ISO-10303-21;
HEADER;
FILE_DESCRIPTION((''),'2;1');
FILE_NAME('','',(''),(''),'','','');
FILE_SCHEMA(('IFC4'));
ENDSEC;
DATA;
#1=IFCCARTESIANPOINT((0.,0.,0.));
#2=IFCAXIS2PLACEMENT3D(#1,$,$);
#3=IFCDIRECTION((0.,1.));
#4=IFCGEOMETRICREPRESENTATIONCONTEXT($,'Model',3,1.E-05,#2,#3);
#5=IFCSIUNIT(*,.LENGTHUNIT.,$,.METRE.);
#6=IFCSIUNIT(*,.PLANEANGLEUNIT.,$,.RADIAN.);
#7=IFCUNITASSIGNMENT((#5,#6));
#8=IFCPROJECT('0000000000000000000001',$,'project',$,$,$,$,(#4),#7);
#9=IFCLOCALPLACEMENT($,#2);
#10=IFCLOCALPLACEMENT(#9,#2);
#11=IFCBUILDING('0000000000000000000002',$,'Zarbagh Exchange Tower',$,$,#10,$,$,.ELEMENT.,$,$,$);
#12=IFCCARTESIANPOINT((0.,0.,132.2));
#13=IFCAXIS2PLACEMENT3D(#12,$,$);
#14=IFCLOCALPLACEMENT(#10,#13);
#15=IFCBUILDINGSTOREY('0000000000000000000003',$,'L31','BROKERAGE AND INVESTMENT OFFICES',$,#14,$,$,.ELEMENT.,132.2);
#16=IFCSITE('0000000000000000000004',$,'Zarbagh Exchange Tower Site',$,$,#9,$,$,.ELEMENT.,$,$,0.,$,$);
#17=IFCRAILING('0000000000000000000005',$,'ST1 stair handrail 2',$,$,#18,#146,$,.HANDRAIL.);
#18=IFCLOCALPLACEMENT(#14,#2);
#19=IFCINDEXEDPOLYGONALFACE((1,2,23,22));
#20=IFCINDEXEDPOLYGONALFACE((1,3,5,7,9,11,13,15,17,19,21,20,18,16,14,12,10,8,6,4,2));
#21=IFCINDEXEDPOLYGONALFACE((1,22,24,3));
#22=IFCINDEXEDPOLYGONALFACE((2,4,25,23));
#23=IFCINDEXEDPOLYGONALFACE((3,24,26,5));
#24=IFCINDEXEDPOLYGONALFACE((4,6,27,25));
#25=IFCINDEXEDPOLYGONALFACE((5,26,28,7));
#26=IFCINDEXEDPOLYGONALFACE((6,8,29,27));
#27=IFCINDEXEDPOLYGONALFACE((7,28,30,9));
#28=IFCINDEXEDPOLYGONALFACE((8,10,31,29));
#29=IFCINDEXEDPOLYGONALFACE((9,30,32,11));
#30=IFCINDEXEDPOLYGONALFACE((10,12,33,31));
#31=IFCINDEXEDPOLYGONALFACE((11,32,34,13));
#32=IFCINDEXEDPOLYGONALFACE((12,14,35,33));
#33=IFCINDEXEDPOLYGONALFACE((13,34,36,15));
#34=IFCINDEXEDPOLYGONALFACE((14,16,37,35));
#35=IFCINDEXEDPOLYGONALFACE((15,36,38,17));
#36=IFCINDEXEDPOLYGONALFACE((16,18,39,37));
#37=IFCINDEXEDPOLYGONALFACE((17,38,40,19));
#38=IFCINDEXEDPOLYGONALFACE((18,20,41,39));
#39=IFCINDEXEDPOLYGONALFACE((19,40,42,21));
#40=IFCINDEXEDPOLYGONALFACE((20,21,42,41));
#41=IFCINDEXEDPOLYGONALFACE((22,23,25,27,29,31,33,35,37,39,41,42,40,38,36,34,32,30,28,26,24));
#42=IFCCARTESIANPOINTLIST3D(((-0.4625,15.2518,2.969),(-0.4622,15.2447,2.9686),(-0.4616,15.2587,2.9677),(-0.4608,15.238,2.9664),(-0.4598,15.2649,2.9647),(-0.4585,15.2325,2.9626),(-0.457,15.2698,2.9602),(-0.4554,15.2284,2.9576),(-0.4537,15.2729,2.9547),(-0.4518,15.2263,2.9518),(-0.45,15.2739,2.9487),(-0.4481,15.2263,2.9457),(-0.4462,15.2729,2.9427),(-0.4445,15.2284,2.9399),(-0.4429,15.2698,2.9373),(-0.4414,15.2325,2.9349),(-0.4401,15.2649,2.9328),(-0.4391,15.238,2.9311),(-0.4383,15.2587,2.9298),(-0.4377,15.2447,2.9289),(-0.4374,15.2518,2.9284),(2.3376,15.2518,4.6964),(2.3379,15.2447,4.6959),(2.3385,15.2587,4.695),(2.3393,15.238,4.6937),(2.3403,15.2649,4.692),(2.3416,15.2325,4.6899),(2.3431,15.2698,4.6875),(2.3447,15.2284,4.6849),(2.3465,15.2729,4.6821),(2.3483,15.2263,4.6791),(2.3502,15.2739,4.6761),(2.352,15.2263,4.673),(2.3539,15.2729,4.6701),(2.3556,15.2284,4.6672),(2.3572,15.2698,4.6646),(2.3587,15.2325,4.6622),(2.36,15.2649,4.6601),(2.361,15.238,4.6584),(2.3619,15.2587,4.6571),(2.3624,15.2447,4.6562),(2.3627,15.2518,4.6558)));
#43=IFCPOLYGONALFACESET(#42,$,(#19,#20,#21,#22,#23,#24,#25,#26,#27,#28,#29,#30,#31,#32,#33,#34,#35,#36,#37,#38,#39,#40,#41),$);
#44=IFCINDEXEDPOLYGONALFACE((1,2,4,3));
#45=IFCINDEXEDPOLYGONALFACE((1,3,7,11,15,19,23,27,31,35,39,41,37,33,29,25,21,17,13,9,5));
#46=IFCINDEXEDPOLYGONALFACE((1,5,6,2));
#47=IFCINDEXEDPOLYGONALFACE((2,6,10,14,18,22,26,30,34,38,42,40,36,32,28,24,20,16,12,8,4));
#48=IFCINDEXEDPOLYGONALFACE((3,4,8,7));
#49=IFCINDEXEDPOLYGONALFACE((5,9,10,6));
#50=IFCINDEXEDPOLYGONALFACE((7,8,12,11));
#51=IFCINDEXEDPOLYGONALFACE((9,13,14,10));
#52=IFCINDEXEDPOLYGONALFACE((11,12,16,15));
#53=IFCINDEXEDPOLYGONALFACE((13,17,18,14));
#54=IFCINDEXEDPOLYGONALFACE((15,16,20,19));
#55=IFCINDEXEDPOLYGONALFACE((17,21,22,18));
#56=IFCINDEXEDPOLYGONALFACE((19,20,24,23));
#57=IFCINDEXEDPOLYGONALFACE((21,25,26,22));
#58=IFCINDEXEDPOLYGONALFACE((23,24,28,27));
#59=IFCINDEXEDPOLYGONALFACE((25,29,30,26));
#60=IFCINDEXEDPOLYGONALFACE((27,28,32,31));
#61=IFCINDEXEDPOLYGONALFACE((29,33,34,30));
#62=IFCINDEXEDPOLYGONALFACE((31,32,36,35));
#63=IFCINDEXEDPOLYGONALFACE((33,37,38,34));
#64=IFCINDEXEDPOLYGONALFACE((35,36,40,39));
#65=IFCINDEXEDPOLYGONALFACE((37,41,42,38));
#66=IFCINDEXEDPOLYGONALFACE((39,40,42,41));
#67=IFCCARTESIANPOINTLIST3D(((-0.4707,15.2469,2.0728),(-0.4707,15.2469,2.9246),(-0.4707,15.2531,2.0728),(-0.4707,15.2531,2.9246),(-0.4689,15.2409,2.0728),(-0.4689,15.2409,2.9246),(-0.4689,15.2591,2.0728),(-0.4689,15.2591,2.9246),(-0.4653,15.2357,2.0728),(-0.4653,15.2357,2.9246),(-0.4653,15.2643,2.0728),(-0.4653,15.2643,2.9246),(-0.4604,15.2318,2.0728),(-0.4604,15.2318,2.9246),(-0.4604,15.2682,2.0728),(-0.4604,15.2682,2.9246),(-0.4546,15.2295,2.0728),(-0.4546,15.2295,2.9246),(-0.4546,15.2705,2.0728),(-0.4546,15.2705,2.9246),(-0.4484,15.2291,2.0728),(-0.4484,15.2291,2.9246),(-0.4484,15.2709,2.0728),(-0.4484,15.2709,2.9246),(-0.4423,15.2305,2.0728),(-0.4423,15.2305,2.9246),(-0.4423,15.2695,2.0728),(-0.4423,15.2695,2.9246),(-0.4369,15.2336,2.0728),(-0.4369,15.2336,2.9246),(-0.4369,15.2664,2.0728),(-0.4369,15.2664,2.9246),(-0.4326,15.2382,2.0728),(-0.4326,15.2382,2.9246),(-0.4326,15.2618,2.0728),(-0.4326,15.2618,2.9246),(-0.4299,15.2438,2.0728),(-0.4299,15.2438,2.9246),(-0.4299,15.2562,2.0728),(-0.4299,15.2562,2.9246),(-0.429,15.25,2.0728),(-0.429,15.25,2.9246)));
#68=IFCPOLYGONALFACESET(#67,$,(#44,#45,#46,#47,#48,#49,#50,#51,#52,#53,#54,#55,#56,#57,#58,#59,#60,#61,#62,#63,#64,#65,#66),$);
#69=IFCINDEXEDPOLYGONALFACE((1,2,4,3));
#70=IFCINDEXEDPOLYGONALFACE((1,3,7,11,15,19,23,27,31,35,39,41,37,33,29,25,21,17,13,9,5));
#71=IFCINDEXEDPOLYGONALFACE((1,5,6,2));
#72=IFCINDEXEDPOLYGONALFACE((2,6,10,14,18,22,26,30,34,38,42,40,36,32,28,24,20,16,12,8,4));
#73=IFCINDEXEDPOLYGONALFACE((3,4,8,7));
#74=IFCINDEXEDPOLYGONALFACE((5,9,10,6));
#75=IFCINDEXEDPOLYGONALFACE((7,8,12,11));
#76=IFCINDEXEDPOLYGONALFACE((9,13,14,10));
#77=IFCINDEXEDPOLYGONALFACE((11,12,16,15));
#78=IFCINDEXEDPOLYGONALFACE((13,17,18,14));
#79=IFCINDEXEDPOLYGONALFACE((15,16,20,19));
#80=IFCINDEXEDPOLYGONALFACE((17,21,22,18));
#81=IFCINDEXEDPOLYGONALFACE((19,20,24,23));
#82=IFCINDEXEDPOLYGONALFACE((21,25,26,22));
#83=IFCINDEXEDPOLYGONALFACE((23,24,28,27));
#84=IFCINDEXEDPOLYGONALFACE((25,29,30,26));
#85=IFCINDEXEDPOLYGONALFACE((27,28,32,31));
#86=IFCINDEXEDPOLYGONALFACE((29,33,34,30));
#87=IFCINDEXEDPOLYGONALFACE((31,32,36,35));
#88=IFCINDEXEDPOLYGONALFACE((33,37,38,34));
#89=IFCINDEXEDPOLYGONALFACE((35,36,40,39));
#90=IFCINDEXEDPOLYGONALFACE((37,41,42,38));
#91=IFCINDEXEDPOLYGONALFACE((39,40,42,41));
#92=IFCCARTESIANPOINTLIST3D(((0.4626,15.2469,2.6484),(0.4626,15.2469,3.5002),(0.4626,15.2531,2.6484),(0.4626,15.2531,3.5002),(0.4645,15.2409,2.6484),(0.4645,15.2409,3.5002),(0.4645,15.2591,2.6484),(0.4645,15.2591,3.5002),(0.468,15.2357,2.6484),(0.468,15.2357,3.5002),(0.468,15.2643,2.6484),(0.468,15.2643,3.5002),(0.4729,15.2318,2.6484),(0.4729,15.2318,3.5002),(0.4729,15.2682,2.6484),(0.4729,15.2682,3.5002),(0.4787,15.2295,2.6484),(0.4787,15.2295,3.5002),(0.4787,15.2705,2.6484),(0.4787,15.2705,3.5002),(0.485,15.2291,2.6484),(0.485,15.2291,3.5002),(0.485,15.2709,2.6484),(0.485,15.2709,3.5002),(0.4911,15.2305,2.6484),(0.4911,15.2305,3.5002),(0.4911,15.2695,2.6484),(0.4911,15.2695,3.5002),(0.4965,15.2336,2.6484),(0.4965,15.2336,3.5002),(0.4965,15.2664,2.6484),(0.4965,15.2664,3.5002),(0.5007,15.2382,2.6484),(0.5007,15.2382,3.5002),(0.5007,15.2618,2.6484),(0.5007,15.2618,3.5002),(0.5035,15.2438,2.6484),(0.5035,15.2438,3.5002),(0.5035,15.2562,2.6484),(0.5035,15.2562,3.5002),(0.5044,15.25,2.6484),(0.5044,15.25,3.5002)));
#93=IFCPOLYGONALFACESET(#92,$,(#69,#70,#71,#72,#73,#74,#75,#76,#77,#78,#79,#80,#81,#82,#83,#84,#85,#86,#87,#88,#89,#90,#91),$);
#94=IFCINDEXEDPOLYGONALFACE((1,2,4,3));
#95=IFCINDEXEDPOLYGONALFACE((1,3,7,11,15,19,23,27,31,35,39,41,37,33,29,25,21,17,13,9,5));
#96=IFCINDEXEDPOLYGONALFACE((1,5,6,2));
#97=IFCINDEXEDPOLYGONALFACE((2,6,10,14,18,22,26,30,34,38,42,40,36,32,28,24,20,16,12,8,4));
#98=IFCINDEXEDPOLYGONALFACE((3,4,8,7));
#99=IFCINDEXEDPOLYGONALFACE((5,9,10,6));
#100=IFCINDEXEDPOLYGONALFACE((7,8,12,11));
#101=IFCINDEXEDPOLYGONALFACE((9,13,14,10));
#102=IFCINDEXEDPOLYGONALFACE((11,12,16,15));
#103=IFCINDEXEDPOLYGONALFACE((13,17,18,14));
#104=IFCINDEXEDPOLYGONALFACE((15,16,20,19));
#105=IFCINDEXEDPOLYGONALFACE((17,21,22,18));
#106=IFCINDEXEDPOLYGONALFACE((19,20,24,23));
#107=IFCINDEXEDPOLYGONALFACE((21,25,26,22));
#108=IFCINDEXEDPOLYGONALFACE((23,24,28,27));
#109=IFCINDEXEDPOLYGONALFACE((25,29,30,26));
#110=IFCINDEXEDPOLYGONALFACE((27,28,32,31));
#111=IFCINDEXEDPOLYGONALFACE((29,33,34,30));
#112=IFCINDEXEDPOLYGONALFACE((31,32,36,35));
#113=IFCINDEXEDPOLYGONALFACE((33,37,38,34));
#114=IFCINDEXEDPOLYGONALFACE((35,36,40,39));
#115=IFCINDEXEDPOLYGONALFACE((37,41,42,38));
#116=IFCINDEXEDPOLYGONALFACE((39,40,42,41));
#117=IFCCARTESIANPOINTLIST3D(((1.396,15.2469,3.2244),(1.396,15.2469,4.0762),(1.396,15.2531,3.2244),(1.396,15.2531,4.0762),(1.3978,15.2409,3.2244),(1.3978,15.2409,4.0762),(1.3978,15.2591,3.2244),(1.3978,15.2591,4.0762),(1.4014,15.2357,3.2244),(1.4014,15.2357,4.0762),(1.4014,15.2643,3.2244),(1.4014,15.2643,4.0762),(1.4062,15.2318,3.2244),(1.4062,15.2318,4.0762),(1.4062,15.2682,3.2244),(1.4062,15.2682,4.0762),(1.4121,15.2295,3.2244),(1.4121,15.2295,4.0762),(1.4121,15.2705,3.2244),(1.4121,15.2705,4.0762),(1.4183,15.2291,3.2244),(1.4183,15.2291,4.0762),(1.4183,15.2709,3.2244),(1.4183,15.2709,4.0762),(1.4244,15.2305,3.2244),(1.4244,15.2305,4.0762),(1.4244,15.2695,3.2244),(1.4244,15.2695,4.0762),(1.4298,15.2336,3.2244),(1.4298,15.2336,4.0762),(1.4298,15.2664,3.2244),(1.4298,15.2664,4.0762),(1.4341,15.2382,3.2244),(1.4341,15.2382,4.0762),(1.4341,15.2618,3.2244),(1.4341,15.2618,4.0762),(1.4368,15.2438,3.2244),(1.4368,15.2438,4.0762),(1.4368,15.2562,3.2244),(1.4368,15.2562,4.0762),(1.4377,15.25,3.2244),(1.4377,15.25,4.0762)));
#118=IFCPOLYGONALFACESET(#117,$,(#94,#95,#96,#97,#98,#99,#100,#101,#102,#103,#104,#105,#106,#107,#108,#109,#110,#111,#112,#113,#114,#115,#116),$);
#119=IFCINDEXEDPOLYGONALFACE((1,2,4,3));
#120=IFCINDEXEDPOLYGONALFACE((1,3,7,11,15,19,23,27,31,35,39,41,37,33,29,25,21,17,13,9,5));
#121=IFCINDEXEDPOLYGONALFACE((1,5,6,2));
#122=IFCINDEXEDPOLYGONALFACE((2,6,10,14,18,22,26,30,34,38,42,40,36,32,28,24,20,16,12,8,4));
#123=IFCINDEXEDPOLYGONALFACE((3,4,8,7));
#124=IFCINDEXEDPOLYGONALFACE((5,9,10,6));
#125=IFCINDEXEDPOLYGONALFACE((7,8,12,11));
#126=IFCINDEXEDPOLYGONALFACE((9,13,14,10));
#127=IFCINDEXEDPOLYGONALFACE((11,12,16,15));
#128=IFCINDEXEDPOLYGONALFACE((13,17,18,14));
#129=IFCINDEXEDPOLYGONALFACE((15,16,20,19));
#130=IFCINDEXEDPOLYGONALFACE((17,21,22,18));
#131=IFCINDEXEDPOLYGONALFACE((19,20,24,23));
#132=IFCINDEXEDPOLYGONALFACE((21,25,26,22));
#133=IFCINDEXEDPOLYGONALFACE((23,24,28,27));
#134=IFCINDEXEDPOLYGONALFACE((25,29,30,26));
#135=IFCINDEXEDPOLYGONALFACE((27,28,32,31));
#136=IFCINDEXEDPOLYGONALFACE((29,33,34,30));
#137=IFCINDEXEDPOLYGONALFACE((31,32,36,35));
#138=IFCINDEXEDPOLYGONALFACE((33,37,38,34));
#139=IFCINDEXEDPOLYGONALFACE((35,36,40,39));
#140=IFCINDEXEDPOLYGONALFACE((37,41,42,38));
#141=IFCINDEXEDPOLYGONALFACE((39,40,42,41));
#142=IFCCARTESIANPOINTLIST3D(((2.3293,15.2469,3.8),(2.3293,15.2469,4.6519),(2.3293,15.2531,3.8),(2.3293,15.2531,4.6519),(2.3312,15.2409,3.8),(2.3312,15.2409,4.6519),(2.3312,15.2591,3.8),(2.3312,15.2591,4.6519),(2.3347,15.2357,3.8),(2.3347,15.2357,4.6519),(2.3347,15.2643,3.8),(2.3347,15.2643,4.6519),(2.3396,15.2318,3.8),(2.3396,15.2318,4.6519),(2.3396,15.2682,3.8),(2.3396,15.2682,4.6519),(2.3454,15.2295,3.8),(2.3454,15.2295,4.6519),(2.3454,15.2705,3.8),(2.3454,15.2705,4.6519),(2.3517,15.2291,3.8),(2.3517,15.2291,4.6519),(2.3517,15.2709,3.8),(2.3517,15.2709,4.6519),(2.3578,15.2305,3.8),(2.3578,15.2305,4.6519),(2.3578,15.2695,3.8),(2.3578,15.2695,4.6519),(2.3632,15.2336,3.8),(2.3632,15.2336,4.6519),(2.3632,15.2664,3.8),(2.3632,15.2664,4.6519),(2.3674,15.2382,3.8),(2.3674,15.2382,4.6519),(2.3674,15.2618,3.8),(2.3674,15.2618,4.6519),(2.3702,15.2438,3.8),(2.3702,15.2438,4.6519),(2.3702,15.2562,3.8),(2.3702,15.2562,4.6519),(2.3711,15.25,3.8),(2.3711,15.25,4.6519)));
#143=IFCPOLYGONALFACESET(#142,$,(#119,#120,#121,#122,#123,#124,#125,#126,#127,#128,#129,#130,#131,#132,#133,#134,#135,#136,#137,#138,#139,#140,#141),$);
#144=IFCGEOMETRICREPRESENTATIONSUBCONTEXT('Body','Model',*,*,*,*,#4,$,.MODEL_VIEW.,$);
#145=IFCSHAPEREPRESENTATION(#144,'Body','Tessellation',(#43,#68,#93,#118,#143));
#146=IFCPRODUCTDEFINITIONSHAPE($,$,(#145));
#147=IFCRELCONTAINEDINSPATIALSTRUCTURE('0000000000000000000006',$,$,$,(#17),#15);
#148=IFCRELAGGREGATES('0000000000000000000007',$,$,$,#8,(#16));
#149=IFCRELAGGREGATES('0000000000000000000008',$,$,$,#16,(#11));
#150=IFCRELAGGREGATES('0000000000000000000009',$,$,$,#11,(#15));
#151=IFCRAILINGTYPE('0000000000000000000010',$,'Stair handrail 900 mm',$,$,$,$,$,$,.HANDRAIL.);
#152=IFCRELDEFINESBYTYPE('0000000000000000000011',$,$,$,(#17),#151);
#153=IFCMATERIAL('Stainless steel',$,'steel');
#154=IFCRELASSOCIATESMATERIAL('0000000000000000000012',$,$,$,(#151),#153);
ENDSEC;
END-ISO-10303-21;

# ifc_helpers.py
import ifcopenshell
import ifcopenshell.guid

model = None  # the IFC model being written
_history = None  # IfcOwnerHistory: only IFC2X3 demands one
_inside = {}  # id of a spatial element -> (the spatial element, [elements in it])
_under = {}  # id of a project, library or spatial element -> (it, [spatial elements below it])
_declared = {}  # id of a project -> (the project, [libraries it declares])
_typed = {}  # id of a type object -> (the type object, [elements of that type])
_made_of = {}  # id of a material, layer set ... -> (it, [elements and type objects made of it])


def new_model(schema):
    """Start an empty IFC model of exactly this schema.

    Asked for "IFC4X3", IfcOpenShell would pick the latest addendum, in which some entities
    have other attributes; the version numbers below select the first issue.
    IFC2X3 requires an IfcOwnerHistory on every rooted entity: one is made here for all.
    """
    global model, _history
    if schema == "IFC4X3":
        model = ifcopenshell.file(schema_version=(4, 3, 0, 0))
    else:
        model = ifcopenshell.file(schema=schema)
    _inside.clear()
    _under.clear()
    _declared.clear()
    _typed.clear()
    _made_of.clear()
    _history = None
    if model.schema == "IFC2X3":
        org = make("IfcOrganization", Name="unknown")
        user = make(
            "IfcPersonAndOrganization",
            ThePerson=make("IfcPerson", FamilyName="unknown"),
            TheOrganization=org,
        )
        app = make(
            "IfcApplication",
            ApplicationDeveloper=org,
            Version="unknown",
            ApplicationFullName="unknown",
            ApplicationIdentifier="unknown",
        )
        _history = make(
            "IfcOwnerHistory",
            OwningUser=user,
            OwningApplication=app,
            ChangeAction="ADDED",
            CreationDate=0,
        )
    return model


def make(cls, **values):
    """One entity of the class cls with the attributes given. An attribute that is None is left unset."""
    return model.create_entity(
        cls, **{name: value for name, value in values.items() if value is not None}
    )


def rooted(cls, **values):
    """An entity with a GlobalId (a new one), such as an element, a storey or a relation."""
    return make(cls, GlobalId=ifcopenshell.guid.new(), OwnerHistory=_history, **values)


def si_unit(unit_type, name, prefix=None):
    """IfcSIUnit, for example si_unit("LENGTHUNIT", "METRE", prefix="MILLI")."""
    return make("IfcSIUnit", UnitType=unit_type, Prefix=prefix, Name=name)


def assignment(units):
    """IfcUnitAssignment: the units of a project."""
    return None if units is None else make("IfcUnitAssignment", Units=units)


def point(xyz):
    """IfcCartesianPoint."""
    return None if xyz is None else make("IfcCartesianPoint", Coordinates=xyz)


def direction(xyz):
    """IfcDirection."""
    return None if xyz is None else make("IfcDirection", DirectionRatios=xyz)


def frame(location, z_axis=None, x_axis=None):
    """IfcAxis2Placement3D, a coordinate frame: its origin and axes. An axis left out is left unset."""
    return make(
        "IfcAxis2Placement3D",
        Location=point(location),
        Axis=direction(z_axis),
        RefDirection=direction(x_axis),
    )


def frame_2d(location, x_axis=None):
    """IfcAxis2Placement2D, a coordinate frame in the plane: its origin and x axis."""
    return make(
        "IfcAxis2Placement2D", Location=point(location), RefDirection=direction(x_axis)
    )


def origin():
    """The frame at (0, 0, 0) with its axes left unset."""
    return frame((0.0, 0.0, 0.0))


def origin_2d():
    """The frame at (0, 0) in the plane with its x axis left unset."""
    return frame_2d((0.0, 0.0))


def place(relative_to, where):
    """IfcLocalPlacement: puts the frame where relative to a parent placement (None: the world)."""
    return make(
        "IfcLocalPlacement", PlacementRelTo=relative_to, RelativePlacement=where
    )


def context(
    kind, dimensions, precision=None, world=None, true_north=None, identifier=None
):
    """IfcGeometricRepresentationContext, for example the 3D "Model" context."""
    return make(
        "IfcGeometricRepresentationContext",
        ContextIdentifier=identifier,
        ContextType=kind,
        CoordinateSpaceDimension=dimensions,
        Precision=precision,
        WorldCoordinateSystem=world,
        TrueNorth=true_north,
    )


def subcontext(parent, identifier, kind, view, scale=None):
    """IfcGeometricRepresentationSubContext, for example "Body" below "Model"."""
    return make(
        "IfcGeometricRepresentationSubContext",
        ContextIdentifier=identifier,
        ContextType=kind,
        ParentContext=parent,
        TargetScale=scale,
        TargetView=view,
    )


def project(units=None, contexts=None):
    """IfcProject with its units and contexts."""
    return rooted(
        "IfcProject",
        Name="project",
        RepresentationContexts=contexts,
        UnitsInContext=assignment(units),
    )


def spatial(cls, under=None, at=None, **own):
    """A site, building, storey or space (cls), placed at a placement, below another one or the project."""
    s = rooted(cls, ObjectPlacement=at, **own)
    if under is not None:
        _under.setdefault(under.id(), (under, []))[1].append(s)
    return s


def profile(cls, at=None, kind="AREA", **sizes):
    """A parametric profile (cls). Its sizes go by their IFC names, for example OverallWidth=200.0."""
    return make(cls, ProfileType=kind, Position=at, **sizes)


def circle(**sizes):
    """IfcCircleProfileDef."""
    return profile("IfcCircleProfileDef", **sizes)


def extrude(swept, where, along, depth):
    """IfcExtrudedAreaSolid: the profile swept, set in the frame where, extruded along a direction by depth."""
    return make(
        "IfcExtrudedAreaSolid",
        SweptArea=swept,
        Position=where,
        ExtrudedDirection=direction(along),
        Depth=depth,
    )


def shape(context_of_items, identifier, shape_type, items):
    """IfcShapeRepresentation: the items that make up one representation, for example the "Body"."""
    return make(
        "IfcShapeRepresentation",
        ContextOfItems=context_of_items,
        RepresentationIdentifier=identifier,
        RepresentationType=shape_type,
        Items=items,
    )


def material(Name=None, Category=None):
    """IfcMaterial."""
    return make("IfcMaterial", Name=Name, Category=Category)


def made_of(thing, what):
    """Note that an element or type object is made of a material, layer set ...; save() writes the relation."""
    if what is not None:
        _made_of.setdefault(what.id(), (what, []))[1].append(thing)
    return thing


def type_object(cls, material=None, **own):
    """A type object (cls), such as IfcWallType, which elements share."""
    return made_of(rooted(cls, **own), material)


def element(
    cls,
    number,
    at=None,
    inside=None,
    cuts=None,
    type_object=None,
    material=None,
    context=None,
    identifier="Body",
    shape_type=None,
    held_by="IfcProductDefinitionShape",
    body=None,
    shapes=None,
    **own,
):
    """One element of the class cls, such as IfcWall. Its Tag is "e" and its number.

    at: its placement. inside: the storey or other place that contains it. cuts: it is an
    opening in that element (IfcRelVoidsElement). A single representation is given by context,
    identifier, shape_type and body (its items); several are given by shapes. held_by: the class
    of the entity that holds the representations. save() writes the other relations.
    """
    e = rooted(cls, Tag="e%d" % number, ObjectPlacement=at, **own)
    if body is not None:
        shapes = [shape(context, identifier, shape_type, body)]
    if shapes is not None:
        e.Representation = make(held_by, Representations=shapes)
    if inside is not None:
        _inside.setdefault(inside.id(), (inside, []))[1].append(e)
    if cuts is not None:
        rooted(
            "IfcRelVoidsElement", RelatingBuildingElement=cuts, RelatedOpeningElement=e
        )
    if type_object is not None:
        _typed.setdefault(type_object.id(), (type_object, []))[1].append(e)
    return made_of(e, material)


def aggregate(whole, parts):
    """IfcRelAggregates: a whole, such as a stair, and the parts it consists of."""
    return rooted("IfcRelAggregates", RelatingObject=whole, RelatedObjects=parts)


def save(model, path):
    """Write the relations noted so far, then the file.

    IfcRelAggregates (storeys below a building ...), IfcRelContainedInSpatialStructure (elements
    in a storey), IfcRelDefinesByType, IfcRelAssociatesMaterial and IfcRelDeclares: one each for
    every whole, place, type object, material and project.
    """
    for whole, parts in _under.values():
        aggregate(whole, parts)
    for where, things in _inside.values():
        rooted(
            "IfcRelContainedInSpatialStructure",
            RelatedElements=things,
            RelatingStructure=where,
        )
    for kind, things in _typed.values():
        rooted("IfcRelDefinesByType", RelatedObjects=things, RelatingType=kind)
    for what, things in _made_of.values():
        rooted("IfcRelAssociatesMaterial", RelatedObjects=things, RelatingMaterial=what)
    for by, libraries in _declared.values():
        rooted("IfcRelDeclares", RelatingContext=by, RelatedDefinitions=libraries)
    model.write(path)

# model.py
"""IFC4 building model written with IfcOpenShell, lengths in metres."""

from ifc_helpers import new_model, si_unit, direction, frame, origin, origin_2d, place, context, subcontext, project, spatial, circle, extrude, material, type_object, element, save


model = new_model("IFC4")

# Units and contexts
model_context = context("Model", 3, precision=1e-05, world=origin(), true_north=direction((0.0, 1.0)))
body_context = subcontext(model_context, "Body", "Model", "MODEL_VIEW")
ifc_project = project(units=[si_unit("LENGTHUNIT", "METRE"), si_unit("PLANEANGLEUNIT", "RADIAN")], contexts=[model_context])

# Site, building, storey
site_placement = place(None, origin())
site = spatial("IfcSite", under=ifc_project, at=site_placement, Name="Zarbagh Exchange Tower Site", CompositionType="ELEMENT", RefElevation=0.0)
building_placement = place(site_placement, origin())
building = spatial("IfcBuilding", under=site, at=building_placement, Name="Zarbagh Exchange Tower", CompositionType="ELEMENT")
storey_placement = place(building_placement, frame((0.0, 0.0, 132.2)))
storey = spatial("IfcBuildingStorey", under=building, at=storey_placement, Name="L31", Description="BROKERAGE AND INVESTMENT OFFICES", CompositionType="ELEMENT", Elevation=132.2)

# Shared definitions
ifc_material_1 = material(Name="Stainless steel", Category="steel")

# Railing
railing_type_1 = type_object("IfcRailingType", Name="Stair handrail 900 mm", PredefinedType="HANDRAIL", material=ifc_material_1)
for number, where, name in (
    (1, (-0.45, 15.25, 2.0728), "ST1 stair handrail 2"),
):
    element("IfcRailing", number, at=place(storey_placement, frame(where)), inside=storey, type_object=railing_type_1, Name=name, PredefinedType="HANDRAIL", context=body_context, shape_type="SweptSolid", body=[
        extrude(circle(Radius=0.0239, at=origin_2d()), frame((0.0, 0.0, 0.876), z_axis=(0.85109, 0.0, 0.52502), x_axis=(0.0, 1.0, 0.0)), (0.0, 0.0, 1.0), 3.29),
        extrude(circle(Radius=0.021, at=origin_2d()), origin(), (0.0, 0.0, 1.0), 0.8518),
        extrude(circle(Radius=0.021, at=origin_2d()), frame((0.9333, 0.0, 0.5757)), (0.0, 0.0, 1.0), 0.8518),
        extrude(circle(Radius=0.021, at=origin_2d()), frame((1.8667, 0.0, 1.1516)), (0.0, 0.0, 1.0), 0.8518),
        extrude(circle(Radius=0.021, at=origin_2d()), frame((2.8, 0.0, 1.7273)), (0.0, 0.0, 1.0), 0.8518),
    ])

save(model, "model.ifc")
